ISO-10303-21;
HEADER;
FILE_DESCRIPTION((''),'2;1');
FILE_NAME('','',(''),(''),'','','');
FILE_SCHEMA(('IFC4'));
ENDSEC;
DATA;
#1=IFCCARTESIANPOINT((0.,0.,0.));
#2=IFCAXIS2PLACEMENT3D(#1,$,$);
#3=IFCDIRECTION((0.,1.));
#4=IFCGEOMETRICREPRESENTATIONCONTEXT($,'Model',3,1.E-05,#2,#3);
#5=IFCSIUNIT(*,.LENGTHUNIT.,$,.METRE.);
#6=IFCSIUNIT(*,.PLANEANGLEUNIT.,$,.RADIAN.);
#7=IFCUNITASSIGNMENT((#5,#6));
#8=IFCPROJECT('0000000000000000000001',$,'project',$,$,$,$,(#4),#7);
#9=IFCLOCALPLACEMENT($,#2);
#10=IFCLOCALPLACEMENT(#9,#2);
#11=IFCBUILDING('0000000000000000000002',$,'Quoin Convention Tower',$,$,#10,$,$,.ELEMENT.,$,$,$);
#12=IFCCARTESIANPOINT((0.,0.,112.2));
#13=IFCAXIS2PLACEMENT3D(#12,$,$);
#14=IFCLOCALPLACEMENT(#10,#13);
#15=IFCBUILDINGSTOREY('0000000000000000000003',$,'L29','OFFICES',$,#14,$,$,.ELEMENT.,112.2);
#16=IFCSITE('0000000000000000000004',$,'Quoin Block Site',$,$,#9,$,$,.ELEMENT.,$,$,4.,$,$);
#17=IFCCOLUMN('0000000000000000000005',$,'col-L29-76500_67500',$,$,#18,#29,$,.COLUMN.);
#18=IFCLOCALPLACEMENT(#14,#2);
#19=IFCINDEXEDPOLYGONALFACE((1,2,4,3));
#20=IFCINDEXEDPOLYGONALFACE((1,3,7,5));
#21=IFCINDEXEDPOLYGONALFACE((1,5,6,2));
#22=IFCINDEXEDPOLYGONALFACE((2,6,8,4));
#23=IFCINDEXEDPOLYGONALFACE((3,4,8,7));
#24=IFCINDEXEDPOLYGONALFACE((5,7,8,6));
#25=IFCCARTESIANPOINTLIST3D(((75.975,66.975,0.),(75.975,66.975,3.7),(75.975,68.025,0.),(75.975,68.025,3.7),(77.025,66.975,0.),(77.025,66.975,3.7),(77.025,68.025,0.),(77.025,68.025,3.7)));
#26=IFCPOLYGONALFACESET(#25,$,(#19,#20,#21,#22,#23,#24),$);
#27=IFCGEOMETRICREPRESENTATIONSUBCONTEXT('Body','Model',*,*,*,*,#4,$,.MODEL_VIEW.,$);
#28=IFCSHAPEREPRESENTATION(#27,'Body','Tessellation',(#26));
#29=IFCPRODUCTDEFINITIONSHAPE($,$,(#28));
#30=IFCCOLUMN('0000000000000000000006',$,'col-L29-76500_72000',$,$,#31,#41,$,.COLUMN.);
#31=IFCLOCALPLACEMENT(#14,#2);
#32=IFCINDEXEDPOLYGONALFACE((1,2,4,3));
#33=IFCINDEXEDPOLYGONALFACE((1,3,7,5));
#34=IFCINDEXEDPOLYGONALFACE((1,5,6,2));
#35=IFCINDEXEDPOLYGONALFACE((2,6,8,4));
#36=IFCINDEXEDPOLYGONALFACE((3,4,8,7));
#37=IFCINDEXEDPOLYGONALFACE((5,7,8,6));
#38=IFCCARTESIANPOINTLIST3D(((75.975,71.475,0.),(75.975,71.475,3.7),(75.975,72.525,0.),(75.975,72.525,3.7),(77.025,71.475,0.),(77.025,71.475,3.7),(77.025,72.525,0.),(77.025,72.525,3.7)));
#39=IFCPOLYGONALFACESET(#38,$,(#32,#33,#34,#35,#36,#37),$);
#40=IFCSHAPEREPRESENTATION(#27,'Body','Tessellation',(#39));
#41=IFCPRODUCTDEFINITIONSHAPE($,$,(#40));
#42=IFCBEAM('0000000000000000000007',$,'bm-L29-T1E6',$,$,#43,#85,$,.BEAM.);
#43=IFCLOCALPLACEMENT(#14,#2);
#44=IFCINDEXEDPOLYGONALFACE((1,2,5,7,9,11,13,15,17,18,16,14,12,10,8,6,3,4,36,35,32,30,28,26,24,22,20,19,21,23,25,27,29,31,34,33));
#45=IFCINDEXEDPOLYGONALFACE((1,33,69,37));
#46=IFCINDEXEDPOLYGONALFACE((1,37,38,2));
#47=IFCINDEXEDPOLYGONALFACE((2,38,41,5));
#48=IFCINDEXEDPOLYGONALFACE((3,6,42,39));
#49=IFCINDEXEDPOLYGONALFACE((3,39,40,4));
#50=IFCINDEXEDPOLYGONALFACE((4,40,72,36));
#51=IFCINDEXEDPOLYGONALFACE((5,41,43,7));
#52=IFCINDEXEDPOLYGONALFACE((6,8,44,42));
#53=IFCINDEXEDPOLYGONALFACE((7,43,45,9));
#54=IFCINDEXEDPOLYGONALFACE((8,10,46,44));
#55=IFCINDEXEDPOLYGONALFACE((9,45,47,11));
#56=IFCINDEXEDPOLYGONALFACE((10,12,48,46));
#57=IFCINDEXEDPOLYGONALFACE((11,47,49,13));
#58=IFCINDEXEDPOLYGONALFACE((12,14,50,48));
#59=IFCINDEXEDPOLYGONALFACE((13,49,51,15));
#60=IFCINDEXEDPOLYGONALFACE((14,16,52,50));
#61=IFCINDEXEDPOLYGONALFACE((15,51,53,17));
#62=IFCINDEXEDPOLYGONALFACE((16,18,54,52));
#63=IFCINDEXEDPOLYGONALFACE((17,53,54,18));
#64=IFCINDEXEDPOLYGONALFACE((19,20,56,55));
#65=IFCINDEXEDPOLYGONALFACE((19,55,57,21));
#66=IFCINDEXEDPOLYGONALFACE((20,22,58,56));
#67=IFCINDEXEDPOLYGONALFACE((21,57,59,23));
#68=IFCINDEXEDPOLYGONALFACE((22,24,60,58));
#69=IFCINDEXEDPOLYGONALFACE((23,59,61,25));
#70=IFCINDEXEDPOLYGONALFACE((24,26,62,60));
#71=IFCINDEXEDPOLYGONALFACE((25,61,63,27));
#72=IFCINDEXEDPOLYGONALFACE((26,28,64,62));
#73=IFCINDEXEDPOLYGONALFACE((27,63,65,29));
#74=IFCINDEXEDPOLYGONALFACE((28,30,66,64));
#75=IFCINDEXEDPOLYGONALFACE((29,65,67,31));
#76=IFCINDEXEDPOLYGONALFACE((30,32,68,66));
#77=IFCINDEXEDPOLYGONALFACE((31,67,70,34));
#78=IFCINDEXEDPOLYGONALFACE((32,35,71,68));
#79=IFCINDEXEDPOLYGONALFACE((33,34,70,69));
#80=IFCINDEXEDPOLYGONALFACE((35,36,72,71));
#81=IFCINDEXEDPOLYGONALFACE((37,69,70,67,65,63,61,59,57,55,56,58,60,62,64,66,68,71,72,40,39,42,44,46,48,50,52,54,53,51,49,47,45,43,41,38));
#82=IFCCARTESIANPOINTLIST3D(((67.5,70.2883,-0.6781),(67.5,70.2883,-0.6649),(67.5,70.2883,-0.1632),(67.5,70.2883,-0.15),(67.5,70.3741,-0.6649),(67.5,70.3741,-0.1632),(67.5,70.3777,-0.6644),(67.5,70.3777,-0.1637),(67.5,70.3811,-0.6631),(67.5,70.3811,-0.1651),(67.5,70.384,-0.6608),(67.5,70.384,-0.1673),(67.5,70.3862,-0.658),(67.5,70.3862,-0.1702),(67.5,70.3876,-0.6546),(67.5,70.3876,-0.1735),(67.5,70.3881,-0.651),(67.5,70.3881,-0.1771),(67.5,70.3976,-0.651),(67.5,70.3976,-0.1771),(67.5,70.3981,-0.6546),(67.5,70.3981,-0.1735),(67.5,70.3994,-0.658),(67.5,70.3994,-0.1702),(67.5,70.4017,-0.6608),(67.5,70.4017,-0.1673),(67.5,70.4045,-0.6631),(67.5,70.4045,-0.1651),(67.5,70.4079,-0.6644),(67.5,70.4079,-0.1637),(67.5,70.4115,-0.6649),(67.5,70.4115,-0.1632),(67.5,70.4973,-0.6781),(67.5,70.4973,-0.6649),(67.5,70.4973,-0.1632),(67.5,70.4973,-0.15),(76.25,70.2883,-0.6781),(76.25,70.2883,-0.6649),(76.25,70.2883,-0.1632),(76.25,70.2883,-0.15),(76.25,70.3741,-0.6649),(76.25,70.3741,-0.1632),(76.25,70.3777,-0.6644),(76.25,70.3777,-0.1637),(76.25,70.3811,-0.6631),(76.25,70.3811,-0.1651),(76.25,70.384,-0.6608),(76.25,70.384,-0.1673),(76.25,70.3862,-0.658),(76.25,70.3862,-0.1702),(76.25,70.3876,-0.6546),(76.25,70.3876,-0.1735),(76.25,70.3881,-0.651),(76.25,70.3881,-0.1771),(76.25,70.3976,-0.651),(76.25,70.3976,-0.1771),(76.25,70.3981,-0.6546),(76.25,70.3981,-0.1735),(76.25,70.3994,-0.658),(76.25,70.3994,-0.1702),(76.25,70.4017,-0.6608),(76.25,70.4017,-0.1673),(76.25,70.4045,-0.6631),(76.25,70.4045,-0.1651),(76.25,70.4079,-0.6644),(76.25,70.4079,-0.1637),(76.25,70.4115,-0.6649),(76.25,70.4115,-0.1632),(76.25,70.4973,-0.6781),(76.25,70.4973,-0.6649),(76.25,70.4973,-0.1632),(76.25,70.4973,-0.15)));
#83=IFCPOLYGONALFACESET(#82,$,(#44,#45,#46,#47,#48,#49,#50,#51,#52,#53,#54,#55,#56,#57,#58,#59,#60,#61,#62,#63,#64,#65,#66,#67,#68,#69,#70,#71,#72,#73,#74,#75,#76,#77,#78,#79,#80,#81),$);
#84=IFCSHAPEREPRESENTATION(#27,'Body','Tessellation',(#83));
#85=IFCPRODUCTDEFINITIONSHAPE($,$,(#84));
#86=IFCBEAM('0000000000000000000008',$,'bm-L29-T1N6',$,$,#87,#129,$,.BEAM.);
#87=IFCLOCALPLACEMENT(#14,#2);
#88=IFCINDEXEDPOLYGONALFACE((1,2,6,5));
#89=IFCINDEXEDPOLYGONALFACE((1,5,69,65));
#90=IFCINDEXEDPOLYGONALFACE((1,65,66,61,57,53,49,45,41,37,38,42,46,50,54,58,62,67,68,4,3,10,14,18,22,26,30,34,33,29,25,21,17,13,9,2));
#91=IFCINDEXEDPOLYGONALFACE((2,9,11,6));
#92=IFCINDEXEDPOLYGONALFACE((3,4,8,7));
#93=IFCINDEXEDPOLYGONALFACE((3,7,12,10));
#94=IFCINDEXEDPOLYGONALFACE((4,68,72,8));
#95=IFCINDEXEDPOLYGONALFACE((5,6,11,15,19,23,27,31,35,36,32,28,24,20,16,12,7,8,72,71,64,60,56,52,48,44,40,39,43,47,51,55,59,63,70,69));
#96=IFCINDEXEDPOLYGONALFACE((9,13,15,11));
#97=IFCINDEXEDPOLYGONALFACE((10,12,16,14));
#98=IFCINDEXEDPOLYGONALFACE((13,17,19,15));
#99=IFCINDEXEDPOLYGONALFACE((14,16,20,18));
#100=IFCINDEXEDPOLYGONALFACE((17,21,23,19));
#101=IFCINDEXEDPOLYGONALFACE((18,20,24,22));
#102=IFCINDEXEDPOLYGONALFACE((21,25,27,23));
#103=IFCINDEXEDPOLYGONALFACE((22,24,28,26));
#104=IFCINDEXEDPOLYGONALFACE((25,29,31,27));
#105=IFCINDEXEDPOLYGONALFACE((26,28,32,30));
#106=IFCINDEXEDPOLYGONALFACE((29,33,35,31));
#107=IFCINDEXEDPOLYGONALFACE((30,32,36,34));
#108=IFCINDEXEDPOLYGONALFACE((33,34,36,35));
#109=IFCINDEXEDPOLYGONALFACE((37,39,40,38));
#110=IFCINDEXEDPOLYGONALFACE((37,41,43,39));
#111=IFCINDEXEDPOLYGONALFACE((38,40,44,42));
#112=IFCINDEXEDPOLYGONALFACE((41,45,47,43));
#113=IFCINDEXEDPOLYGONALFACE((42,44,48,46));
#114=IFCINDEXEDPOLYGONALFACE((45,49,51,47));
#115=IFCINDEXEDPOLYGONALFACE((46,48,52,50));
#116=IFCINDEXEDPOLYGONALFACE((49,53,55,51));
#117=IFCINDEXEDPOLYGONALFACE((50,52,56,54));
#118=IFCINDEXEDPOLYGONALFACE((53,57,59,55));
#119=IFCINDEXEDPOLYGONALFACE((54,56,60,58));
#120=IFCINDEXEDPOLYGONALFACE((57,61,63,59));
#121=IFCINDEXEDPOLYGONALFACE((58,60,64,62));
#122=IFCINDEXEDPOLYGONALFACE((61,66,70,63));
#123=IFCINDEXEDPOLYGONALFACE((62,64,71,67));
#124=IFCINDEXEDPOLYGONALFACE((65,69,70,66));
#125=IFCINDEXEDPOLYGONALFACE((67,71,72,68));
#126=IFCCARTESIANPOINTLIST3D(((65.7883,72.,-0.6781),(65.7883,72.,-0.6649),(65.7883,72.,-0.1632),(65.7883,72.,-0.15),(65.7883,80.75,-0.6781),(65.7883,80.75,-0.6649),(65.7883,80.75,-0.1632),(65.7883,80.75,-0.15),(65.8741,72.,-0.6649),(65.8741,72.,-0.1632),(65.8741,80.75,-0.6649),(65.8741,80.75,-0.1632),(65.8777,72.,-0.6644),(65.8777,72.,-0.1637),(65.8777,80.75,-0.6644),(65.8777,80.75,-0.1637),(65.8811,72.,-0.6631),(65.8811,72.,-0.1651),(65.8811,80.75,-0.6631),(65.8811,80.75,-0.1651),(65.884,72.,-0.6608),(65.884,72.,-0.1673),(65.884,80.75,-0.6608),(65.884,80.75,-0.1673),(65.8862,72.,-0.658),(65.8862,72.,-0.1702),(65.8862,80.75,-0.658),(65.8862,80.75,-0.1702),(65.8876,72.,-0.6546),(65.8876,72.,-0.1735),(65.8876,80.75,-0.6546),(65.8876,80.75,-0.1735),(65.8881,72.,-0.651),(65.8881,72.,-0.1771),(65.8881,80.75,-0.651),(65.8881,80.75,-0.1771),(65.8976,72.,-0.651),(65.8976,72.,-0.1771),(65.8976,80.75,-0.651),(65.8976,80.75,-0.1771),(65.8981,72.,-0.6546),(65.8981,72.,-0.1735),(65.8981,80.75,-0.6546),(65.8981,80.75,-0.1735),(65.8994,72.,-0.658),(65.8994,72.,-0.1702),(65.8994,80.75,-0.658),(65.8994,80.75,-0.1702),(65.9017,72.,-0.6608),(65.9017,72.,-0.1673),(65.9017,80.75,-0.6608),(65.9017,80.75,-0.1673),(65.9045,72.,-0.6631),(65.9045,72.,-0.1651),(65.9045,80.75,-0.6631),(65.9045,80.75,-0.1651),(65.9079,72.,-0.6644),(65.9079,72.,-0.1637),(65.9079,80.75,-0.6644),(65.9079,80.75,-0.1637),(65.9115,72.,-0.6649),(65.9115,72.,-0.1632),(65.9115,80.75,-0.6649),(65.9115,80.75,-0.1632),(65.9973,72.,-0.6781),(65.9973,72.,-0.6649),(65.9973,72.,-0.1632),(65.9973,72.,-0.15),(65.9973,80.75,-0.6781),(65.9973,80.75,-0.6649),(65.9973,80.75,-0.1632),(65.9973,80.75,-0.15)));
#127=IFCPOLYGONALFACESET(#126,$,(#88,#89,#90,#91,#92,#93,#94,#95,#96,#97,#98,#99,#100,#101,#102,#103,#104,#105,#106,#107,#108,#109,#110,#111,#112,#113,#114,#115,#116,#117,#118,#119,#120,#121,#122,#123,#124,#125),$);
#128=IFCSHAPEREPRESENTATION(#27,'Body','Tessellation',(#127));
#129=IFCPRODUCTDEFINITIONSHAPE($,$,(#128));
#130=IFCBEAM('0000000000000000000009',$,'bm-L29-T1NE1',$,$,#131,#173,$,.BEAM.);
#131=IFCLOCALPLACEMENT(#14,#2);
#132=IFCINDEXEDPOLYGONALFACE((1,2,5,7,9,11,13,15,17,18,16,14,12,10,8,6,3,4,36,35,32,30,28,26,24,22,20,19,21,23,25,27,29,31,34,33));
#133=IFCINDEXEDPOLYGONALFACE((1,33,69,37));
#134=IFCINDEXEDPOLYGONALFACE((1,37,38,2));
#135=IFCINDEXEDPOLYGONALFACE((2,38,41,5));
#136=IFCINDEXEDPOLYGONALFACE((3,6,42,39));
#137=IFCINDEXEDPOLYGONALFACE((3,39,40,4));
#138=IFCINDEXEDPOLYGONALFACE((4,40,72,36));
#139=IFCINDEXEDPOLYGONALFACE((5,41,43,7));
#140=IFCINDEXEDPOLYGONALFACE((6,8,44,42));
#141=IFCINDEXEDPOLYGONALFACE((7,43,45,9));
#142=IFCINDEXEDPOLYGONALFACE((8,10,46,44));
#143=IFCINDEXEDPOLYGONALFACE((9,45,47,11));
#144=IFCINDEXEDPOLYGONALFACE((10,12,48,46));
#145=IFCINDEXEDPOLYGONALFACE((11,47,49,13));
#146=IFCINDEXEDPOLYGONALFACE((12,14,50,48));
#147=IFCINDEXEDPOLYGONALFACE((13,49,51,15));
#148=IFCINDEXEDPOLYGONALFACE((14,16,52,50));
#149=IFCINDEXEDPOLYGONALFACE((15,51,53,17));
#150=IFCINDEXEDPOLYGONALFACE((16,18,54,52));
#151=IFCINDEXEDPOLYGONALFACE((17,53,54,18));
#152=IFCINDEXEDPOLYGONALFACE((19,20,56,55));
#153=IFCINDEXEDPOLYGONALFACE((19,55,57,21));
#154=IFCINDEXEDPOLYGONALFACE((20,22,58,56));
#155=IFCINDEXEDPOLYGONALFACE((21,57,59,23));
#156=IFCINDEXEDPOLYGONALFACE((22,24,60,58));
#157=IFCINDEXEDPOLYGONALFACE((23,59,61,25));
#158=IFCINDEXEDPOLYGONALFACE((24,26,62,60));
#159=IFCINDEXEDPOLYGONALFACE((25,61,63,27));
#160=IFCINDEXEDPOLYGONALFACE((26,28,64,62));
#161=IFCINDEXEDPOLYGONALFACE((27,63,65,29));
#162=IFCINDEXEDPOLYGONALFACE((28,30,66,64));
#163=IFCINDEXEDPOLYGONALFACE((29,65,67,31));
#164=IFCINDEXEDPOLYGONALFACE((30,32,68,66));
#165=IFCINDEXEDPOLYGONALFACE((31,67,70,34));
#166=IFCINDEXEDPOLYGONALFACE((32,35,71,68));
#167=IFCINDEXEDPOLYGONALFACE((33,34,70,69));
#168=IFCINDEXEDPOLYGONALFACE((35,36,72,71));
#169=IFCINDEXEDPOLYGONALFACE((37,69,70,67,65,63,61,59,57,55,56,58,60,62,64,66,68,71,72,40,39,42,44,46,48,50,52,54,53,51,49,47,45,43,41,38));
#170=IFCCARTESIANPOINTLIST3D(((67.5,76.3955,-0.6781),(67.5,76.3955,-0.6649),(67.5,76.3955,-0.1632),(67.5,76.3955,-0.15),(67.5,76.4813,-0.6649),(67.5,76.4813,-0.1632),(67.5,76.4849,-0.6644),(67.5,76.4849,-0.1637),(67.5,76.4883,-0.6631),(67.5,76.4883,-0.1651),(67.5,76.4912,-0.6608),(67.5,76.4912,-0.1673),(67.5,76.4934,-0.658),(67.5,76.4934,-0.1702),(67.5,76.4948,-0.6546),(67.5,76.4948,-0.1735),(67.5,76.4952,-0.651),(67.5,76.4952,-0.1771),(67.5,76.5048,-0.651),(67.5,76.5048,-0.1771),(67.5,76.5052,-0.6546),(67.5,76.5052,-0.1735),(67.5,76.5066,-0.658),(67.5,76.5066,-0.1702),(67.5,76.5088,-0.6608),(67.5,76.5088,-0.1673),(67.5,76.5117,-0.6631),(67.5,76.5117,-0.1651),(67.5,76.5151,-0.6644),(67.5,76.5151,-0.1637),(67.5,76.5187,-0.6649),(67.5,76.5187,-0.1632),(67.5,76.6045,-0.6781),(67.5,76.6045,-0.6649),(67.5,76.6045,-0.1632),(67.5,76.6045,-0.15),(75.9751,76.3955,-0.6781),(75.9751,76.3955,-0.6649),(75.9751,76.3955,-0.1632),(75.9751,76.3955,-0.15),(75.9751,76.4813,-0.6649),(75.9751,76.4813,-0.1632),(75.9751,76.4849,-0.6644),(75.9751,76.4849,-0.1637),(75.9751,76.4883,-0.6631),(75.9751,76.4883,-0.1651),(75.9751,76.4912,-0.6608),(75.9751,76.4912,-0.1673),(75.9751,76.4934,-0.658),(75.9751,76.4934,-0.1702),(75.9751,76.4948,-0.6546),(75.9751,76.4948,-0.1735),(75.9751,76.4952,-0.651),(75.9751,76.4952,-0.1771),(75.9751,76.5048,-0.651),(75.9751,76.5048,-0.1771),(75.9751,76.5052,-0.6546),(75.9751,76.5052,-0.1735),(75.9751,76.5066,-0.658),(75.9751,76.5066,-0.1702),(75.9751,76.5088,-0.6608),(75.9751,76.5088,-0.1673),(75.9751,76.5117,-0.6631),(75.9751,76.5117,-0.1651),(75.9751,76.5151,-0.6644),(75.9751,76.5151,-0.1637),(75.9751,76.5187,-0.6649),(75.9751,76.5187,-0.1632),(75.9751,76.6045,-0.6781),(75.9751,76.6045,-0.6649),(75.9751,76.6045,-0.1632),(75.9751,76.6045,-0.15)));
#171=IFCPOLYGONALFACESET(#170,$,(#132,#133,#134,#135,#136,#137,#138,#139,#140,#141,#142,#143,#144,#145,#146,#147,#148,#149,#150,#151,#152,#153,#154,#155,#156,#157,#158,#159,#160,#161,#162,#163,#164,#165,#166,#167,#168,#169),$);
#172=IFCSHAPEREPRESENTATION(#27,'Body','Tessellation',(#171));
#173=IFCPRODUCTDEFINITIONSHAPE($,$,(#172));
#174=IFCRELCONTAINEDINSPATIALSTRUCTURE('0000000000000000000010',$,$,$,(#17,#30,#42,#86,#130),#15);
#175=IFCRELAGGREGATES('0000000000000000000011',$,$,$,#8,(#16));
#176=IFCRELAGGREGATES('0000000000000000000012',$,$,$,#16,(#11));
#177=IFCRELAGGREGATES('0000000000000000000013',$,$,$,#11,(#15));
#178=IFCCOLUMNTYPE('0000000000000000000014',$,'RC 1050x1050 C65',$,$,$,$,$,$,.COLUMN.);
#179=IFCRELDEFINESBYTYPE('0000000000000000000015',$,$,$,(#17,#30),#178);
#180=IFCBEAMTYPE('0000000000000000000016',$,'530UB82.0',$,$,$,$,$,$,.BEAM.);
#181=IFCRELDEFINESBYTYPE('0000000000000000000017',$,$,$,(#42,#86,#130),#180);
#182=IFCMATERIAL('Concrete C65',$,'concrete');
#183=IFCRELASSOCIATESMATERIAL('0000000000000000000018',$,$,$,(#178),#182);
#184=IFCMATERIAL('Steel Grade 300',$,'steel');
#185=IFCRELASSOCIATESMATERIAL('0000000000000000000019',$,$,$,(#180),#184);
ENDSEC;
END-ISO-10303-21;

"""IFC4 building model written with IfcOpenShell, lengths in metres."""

from ifc_helpers import new_model, si_unit, direction, frame, origin, origin_2d, place, context, subcontext, project, spatial, rectangle, i_section, extrude, material, material_profile, profile_set, type_object, element, save


model = new_model("IFC4")

# Units and contexts
model_context = context("Model", 3, precision=1e-05, world=origin(), true_north=direction((0.0, 1.0)))
body_context = subcontext(model_context, "Body", "Model", "MODEL_VIEW")
ifc_project = project(units=[si_unit("LENGTHUNIT", "METRE"), si_unit("PLANEANGLEUNIT", "RADIAN")], contexts=[model_context])

# Site, building, storey
site_placement = place(None, origin())
site = spatial("IfcSite", under=ifc_project, at=site_placement, Name="Quoin Block Site", CompositionType="ELEMENT", RefElevation=4.0)
building_placement = place(site_placement, origin())
building = spatial("IfcBuilding", under=site, at=building_placement, Name="Quoin Convention Tower", CompositionType="ELEMENT")
storey_placement = place(building_placement, frame((0.0, 0.0, 112.2)))
storey = spatial("IfcBuildingStorey", under=building, at=storey_placement, Name="L29", Description="OFFICES", CompositionType="ELEMENT", Elevation=112.2)

# Columns
ifc_material_1 = material(Name="Concrete C65", Category="concrete")
ifc_material_profile_1 = material_profile(ifc_material_1, rectangle(XDim=1.05, YDim=1.05, at=origin_2d()), Name="RC 1050x1050")
ifc_profile_set_1 = profile_set([ifc_material_profile_1], Name="Concrete C65")
column_type = type_object("IfcColumnType", Name="RC 1050x1050 C65", PredefinedType="COLUMN", material=ifc_profile_set_1)
for number, where, z_axis, x_axis, name in (
    (1, (76.5, 67.5, 0.0), (0.0, 0.0, 1.0), (1.0, 0.0, 0.0), "col-L29-76500_67500"),
    (2, (76.5, 72.0, 0.0), (0.0, 0.0, 1.0), (1.0, 0.0, 0.0), "col-L29-76500_72000"),
):
    element("IfcColumn", number, at=place(storey_placement, frame(where, z_axis=z_axis, x_axis=x_axis)), inside=storey, type_object=column_type, Name=name, PredefinedType="COLUMN", context=body_context, shape_type="SweptSolid", body=[
        extrude(rectangle(XDim=1.05, YDim=1.05, at=origin_2d()), origin(), (0.0, 0.0, 1.0), 3.7),
    ])

# Beams
ifc_material_2 = material(Name="Steel Grade 300", Category="steel")
ifc_material_profile_2 = material_profile(ifc_material_2, i_section(OverallWidth=0.209, OverallDepth=0.5281, WebThickness=0.0095, FlangeThickness=0.0132, FilletRadius=0.0139, at=origin_2d()), Name="530UB82.0")
ifc_profile_set_2 = profile_set([ifc_material_profile_2], Name="Steel Grade 300")
beam_type_1 = type_object("IfcBeamType", Name="530UB82.0", PredefinedType="BEAM", material=ifc_profile_set_2)
for number, where, z_axis, x_axis, name in (
    (3, (67.5, 70.3928, -0.4141), (1.0, 0.0, 0.0), (0.0, 1.0, 0.0), "bm-L29-T1E6"),
    (4, (65.8928, 72.0, -0.4141), (0.0, 1.0, 0.0), (-1.0, 0.0, 0.0), "bm-L29-T1N6"),
):
    element("IfcBeam", number, at=place(storey_placement, frame(where, z_axis=z_axis, x_axis=x_axis)), inside=storey, type_object=beam_type_1, Name=name, PredefinedType="BEAM", context=body_context, shape_type="SweptSolid", body=[
        extrude(i_section(OverallWidth=0.209, OverallDepth=0.5281, WebThickness=0.0095, FlangeThickness=0.0132, FilletRadius=0.0139, at=origin_2d()), origin(), (0.0, 0.0, 1.0), 8.75),
    ])
beam_1_placement = place(storey_placement, frame((67.5, 76.5, -0.4141), z_axis=(1.0, 0.0, 0.0), x_axis=(0.0, 1.0, 0.0)))
element("IfcBeam", 5, at=beam_1_placement, inside=storey, type_object=beam_type_1, Name="bm-L29-T1NE1", PredefinedType="BEAM", context=body_context, shape_type="SweptSolid", body=[
    extrude(i_section(OverallWidth=0.209, OverallDepth=0.5281, WebThickness=0.0095, FlangeThickness=0.0132, FilletRadius=0.0139, at=origin_2d()), origin(), (0.0, 0.0, 1.0), 8.4751),
])

save(model, "model.ifc")
